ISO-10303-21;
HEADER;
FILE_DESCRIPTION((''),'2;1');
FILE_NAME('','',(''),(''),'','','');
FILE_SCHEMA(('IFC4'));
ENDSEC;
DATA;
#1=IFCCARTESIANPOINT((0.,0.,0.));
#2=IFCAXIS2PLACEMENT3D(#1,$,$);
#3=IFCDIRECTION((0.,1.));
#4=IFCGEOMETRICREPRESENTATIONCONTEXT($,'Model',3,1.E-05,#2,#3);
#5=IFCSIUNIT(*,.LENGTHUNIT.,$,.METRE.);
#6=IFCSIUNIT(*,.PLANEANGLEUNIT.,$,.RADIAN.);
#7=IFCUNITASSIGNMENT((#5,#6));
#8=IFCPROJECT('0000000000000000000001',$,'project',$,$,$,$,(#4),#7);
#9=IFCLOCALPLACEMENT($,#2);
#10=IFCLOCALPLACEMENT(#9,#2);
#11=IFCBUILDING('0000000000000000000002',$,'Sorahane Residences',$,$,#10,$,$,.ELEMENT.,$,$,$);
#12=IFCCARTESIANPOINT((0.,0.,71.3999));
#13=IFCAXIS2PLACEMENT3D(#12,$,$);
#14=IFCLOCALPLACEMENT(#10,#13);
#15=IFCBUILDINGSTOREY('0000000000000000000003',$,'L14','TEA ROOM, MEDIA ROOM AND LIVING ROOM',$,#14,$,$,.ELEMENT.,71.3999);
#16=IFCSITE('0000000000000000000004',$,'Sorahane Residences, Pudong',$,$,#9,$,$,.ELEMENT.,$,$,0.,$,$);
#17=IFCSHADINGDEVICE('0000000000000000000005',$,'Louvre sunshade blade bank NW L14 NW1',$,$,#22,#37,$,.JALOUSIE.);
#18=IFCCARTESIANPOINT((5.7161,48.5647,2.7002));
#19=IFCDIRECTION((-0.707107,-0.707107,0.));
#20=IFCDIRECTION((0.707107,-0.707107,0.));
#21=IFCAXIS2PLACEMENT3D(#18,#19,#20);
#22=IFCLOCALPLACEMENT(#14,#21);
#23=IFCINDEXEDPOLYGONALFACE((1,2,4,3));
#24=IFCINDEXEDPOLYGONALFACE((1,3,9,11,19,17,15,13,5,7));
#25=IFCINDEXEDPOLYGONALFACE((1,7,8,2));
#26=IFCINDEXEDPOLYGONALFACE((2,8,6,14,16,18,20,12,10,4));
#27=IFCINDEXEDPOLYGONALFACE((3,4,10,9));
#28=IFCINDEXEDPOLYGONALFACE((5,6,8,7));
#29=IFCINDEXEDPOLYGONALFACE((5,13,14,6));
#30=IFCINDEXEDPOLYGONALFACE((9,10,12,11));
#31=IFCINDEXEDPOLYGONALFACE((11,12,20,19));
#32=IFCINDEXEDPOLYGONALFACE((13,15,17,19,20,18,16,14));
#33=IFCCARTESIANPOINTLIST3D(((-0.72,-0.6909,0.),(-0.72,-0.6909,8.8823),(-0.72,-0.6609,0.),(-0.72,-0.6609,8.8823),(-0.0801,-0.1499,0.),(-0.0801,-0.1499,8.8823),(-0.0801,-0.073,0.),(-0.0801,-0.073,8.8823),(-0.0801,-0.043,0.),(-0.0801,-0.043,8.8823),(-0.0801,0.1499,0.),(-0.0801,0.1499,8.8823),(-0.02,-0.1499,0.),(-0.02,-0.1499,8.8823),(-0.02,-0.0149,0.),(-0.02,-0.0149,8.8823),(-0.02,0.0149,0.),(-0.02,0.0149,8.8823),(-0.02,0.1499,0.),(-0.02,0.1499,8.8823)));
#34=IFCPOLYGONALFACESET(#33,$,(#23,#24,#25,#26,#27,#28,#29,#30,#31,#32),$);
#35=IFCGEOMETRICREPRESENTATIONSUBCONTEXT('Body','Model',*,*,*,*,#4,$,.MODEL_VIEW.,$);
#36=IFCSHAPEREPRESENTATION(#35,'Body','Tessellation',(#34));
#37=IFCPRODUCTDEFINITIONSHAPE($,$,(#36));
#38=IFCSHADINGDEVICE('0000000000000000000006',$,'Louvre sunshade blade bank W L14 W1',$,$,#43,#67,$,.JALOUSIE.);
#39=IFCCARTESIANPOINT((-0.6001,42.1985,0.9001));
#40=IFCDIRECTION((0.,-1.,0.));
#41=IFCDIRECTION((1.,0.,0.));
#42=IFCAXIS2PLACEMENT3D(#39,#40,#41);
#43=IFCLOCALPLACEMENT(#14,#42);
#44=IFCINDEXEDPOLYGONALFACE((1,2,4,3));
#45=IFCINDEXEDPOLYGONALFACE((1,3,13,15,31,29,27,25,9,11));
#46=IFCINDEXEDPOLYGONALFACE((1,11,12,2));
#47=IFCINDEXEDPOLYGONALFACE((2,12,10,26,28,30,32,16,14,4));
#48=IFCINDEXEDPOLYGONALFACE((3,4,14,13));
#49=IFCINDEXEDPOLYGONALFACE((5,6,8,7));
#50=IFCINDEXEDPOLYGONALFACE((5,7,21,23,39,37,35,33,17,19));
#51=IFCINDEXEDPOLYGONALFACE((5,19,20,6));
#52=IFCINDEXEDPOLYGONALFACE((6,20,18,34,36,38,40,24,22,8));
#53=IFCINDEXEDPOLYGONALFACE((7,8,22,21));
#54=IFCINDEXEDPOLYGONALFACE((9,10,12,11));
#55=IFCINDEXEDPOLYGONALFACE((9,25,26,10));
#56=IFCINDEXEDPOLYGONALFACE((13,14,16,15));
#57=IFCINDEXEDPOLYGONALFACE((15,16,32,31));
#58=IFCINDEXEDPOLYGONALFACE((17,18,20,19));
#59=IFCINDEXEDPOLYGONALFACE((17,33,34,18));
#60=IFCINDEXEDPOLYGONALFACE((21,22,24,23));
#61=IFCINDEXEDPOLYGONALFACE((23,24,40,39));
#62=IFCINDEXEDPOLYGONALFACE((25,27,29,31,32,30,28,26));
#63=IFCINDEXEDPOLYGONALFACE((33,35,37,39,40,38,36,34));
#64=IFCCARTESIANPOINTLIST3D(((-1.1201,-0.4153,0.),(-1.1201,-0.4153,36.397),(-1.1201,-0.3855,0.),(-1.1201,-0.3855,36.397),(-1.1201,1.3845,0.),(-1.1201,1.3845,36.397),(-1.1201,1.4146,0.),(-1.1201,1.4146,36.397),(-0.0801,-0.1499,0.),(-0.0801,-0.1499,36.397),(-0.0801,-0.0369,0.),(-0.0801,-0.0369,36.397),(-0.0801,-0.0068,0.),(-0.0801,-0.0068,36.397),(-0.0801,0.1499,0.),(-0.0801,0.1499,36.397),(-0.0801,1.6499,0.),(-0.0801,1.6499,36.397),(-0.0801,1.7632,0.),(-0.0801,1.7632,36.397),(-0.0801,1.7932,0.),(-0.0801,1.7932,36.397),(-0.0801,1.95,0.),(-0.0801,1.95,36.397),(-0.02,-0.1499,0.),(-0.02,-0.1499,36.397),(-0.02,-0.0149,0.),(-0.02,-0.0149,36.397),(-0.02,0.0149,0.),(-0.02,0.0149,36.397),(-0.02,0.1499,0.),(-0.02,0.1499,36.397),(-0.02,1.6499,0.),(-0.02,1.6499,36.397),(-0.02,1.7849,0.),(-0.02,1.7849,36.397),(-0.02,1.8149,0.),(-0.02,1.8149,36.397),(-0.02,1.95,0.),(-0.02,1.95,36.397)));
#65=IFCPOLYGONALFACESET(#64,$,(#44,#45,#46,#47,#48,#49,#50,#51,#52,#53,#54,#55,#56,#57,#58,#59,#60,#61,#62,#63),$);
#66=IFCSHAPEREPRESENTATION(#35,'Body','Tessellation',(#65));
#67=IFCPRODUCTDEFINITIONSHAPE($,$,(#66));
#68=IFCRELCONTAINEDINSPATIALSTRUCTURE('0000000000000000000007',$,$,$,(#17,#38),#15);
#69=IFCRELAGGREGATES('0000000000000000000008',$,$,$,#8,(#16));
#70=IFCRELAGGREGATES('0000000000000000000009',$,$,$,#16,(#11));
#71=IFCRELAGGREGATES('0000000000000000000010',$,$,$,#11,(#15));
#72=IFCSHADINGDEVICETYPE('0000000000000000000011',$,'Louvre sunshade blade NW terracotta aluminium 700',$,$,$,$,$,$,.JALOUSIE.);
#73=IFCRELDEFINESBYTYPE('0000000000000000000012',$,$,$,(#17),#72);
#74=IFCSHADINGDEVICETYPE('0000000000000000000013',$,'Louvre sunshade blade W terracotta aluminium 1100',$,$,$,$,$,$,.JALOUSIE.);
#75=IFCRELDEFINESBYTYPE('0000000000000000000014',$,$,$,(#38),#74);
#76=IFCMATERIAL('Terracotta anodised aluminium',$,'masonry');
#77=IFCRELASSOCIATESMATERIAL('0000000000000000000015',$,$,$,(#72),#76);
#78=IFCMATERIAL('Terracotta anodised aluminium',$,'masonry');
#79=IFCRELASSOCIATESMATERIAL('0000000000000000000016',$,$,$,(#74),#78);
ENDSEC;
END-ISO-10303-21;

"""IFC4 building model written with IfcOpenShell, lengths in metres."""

from ifc_helpers import new_model, si_unit, direction, frame, origin, place, context, subcontext, project, spatial, polyline, outline, composite_profile, extrude, material, type_object, element, save


model = new_model("IFC4")

# Units and contexts
model_context = context("Model", 3, precision=1e-05, world=origin(), true_north=direction((0.0, 1.0)))
body_context = subcontext(model_context, "Body", "Model", "MODEL_VIEW")
ifc_project = project(units=[si_unit("LENGTHUNIT", "METRE"), si_unit("PLANEANGLEUNIT", "RADIAN")], contexts=[model_context])

# Site, building, storey
site_placement = place(None, origin())
site = spatial("IfcSite", under=ifc_project, at=site_placement, Name="Sorahane Residences, Pudong", CompositionType="ELEMENT", RefElevation=0.0)
building_placement = place(site_placement, origin())
building = spatial("IfcBuilding", under=site, at=building_placement, Name="Sorahane Residences", CompositionType="ELEMENT")
storey_placement = place(building_placement, frame((0.0, 0.0, 71.3999)))
storey = spatial("IfcBuildingStorey", under=building, at=storey_placement, Name="L14", Description="TEA ROOM, MEDIA ROOM AND LIVING ROOM", CompositionType="ELEMENT", Elevation=71.3999)

# Shading devices
ifc_material_1 = material(Name="Terracotta anodised aluminium", Category="masonry")
shading_device_type_1 = type_object("IfcShadingDeviceType", Name="Louvre sunshade blade NW terracotta aluminium 700", PredefinedType="JALOUSIE", material=ifc_material_1)
shading_device_1_placement = place(storey_placement, frame((5.7161, 48.5647, 2.7002), z_axis=(-0.707107, -0.707107, 0.0), x_axis=(0.707107, -0.707107, 0.0)))
element("IfcShadingDevice", 1, at=shading_device_1_placement, inside=storey, type_object=shading_device_type_1, Name="Louvre sunshade blade bank NW L14 NW1", PredefinedType="JALOUSIE", context=body_context, shape_type="SweptSolid", body=[
    extrude(outline(polyline([(-0.72, -0.6609), (-0.72, -0.6909), (-0.0801, -0.073), (-0.0801, -0.1499), (-0.02, -0.1499), (-0.02, -0.0149), (-0.02, 0.0149), (-0.02, 0.1499), (-0.0801, 0.1499), (-0.0801, -0.043), (-0.72, -0.6609)])), origin(), (0.0, 0.0, 1.0), 8.8823),
])
ifc_material_2 = material(Name="Terracotta anodised aluminium", Category="masonry")
shading_device_type_2 = type_object("IfcShadingDeviceType", Name="Louvre sunshade blade W terracotta aluminium 1100", PredefinedType="JALOUSIE", material=ifc_material_2)
shading_device_2_placement = place(storey_placement, frame((-0.6001, 42.1985, 0.9001), z_axis=(0.0, -1.0, 0.0), x_axis=(1.0, 0.0, 0.0)))
element("IfcShadingDevice", 2, at=shading_device_2_placement, inside=storey, type_object=shading_device_type_2, Name="Louvre sunshade blade bank W L14 W1", PredefinedType="JALOUSIE", context=body_context, shape_type="SweptSolid", body=[
    extrude(composite_profile([outline(polyline([(-1.1201, -0.3855), (-1.1201, -0.4153), (-0.0801, -0.0369), (-0.0801, -0.1499), (-0.02, -0.1499), (-0.02, -0.0149), (-0.02, 0.0149), (-0.02, 0.1499), (-0.0801, 0.1499), (-0.0801, -0.0068), (-1.1201, -0.3855)])), outline(polyline([(-1.1201, 1.4146), (-1.1201, 1.3845), (-0.0801, 1.7632), (-0.0801, 1.6499), (-0.02, 1.6499), (-0.02, 1.7849), (-0.02, 1.8149), (-0.02, 1.95), (-0.0801, 1.95), (-0.0801, 1.7932), (-1.1201, 1.4146)]))]), origin(), (0.0, 0.0, 1.0), 36.397),
])

save(model, "model.ifc")
